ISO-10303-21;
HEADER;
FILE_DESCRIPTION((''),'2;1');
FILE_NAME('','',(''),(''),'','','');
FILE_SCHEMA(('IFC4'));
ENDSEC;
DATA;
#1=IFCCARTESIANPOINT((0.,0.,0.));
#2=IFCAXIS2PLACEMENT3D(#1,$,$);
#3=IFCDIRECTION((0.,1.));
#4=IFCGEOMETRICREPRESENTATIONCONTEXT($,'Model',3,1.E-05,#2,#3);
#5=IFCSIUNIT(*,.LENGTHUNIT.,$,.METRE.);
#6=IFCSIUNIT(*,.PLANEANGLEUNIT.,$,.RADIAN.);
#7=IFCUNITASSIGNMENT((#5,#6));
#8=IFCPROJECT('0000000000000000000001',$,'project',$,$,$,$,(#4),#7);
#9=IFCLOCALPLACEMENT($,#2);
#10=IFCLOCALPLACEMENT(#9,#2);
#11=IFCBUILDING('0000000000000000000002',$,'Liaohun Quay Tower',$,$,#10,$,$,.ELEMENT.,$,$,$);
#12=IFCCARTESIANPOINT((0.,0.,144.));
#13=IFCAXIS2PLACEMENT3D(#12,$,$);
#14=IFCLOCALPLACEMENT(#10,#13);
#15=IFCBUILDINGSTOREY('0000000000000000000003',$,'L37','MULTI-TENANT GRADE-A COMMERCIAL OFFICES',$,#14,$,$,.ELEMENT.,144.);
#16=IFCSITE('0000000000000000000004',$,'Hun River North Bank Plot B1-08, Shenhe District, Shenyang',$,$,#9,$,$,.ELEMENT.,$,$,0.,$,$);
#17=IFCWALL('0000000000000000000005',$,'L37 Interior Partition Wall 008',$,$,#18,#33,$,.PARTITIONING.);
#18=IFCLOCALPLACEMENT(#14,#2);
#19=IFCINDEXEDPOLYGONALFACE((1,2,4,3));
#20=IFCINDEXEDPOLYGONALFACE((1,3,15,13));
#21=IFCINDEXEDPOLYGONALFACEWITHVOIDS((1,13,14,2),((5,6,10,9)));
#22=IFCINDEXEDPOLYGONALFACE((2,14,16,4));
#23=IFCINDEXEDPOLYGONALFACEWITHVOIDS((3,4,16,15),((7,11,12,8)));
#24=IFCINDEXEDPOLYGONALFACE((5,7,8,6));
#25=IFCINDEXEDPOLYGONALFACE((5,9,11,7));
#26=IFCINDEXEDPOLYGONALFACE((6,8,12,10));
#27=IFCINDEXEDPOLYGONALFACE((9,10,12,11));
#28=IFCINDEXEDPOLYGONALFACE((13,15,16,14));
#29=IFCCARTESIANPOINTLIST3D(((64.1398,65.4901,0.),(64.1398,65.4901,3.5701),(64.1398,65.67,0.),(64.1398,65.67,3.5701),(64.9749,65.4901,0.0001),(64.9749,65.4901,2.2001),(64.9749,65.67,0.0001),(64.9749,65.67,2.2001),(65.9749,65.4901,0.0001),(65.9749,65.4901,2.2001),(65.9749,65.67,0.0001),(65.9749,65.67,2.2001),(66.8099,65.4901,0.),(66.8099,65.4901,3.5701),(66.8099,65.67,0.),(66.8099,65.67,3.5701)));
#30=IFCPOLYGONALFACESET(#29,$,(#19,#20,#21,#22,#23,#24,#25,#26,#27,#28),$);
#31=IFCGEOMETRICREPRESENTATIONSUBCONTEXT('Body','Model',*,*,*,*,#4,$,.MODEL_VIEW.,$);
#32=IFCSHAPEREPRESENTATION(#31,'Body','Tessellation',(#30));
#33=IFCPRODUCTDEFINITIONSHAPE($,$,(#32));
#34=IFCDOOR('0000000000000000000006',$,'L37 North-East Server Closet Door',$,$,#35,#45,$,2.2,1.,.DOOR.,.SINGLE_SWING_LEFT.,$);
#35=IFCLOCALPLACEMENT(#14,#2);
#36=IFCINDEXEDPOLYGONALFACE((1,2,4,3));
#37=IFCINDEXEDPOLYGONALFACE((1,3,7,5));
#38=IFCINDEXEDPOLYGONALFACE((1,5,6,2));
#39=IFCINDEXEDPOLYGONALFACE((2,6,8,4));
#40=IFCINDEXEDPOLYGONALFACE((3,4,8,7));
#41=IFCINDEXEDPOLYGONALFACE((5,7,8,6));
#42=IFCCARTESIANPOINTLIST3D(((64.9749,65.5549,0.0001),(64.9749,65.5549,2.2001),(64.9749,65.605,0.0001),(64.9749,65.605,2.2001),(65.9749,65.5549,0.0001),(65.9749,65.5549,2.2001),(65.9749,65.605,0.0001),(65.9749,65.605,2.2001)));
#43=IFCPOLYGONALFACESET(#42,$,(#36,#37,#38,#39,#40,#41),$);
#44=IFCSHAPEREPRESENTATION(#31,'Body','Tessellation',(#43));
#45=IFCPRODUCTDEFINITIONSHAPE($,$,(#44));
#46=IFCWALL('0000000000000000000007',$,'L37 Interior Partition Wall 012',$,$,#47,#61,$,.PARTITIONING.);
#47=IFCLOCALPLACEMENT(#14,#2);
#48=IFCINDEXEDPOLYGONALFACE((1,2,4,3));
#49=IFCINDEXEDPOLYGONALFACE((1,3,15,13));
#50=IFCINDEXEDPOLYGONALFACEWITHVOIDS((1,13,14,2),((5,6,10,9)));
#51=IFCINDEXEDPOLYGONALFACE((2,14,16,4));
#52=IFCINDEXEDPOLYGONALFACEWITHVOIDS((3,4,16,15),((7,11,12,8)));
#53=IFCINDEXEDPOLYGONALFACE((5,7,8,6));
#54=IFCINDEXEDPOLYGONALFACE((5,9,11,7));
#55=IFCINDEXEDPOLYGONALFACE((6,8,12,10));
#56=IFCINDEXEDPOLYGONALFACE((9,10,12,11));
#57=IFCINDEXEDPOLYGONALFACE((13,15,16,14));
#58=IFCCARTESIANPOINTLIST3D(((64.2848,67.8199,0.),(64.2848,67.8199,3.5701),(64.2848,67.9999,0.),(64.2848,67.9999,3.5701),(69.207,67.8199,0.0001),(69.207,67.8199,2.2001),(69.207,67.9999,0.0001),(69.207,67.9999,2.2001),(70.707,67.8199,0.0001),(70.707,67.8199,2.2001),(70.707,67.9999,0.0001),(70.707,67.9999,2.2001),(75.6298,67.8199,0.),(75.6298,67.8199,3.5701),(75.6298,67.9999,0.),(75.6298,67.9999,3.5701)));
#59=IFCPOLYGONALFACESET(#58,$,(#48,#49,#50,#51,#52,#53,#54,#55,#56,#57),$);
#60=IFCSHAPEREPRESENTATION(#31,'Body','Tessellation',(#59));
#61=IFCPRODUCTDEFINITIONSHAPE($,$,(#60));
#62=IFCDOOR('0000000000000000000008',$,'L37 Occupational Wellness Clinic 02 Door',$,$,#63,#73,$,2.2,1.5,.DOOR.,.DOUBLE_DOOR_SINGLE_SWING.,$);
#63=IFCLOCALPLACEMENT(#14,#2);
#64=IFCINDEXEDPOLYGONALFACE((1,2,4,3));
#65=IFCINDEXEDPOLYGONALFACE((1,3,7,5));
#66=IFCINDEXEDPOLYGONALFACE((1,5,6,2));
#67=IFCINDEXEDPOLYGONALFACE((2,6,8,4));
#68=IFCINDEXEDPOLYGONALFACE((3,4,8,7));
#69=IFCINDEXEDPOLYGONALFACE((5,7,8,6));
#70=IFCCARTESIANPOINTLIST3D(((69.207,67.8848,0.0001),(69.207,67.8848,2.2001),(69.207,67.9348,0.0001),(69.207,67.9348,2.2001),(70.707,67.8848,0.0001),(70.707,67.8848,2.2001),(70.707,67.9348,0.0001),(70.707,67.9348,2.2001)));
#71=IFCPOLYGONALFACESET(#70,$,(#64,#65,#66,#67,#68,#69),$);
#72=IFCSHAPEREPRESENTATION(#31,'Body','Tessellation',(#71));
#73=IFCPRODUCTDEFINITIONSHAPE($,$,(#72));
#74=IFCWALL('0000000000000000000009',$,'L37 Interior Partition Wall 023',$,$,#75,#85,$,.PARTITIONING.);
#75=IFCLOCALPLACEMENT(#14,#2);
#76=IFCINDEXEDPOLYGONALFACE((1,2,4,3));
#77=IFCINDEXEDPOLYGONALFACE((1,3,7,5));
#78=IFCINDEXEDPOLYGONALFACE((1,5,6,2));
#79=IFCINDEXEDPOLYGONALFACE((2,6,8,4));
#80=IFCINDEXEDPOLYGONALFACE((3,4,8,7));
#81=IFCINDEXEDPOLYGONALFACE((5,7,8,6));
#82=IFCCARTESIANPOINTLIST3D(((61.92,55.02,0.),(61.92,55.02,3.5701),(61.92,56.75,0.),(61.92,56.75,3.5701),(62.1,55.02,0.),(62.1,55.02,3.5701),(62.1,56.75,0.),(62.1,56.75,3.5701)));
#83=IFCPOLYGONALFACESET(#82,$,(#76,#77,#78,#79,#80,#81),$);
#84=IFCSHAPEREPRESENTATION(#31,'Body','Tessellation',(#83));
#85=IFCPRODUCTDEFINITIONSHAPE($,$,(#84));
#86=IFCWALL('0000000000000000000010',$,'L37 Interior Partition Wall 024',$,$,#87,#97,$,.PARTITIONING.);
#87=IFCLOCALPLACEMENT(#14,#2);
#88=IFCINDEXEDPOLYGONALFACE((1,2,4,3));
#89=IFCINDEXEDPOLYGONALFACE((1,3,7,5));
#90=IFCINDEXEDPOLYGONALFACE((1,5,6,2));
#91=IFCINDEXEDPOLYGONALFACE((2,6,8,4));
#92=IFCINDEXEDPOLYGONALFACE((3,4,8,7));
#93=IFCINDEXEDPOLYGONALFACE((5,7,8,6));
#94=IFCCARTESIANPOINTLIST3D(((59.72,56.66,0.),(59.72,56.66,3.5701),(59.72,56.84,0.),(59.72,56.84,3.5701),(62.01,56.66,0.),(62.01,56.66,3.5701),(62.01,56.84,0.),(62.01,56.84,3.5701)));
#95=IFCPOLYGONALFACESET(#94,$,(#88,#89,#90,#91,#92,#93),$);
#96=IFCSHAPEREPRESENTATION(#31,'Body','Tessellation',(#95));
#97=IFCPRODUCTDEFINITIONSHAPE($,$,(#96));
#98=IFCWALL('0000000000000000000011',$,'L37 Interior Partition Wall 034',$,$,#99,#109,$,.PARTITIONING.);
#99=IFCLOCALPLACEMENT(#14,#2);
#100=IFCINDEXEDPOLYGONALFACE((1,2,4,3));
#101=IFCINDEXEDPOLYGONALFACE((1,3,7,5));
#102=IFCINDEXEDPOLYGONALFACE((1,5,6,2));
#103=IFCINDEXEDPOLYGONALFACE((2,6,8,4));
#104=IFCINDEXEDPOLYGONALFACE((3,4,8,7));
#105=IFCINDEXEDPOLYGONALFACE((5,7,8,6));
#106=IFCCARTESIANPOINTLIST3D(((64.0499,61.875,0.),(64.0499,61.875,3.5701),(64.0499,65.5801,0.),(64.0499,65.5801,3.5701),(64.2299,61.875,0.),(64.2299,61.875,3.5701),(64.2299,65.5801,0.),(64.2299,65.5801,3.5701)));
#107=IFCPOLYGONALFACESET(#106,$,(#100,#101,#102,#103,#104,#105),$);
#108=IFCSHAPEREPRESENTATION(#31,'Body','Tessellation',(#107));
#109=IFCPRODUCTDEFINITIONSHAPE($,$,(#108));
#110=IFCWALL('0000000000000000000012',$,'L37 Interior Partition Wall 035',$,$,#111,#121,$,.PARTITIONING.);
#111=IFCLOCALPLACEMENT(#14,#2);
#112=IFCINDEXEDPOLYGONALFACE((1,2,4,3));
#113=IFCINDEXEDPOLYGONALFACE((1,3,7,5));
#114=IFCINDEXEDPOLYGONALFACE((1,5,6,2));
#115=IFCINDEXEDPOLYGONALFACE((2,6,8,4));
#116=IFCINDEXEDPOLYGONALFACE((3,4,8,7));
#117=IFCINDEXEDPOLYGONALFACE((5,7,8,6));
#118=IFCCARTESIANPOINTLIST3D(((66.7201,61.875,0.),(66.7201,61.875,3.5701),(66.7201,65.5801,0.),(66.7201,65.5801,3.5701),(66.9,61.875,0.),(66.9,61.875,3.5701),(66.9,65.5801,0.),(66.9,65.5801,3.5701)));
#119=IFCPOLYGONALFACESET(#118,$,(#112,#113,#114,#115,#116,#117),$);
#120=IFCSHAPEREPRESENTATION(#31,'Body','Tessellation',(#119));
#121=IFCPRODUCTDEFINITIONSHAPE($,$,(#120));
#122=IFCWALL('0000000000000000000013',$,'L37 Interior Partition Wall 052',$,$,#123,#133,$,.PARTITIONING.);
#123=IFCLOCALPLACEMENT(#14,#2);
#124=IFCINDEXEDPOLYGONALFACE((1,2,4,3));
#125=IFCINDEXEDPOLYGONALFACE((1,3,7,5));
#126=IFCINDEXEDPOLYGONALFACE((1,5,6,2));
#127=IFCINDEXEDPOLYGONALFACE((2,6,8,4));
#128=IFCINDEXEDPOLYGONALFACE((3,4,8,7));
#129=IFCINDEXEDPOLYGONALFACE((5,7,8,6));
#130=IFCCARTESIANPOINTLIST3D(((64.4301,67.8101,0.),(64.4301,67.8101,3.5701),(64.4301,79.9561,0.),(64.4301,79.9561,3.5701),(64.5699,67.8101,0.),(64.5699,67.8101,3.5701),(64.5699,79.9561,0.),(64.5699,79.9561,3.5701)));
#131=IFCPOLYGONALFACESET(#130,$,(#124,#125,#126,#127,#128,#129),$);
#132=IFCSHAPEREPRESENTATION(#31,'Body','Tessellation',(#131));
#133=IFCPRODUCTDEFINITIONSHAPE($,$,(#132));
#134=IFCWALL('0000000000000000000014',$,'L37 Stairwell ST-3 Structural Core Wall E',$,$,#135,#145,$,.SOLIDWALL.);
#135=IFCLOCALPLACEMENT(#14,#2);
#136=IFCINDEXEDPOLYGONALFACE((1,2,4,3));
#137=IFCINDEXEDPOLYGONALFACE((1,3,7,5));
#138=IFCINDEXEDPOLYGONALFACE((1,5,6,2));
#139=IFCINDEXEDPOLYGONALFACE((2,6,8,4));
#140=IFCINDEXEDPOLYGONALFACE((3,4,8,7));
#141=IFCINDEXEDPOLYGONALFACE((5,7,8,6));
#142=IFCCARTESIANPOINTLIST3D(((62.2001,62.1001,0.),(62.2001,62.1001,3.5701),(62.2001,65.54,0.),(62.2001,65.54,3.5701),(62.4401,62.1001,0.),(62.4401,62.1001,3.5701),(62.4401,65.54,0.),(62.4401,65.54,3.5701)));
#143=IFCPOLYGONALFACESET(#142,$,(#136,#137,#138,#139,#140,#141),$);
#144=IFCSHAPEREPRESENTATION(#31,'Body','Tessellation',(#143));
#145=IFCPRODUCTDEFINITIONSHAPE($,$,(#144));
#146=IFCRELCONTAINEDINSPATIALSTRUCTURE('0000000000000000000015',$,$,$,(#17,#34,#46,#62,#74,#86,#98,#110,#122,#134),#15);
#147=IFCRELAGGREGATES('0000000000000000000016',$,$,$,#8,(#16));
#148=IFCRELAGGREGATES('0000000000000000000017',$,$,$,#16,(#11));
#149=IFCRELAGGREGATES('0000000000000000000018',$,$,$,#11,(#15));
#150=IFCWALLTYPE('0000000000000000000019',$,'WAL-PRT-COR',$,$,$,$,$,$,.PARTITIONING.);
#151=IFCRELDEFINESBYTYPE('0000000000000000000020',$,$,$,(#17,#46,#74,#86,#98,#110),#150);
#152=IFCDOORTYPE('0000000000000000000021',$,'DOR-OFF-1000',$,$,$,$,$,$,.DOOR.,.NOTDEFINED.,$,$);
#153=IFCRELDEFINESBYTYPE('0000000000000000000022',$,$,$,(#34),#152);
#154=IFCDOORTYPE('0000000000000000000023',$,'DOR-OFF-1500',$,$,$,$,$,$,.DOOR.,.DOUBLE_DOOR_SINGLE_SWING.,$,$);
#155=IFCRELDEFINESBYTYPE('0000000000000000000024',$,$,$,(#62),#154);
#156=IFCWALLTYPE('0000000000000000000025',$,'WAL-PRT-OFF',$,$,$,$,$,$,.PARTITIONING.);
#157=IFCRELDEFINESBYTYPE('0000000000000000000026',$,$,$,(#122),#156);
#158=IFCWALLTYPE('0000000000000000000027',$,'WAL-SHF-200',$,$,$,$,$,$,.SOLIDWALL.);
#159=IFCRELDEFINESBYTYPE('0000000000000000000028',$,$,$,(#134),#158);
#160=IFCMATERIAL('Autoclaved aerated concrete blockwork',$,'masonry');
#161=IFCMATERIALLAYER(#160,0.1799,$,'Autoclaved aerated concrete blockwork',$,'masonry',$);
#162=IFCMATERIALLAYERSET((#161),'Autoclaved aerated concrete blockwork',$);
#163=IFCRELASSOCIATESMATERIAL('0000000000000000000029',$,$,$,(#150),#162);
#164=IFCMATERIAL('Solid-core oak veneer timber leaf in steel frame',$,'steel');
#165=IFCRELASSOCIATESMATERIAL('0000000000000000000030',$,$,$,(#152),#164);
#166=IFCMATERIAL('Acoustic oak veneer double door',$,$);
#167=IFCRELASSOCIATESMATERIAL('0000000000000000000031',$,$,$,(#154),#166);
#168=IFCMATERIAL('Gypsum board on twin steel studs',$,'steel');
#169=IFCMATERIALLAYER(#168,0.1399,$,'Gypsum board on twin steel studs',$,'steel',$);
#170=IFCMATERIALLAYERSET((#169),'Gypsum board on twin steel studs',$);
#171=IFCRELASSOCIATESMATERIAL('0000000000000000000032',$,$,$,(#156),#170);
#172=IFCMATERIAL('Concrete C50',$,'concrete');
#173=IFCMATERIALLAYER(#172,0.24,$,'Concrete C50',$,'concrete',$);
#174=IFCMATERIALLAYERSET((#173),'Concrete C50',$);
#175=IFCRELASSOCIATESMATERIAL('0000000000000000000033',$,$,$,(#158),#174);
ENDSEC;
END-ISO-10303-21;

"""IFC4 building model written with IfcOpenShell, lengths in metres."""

from ifc_helpers import new_model, si_unit, direction, frame, frame_2d, origin, place, context, subcontext, project, spatial, rectangle, extrude, source, transform, mapped, material, layer, layer_set, type_object, element, fill, save


model = new_model("IFC4")

# Units and contexts
model_context = context("Model", 3, precision=1e-05, world=origin(), true_north=direction((0.0, 1.0)))
body_context = subcontext(model_context, "Body", "Model", "MODEL_VIEW")
ifc_project = project(units=[si_unit("LENGTHUNIT", "METRE"), si_unit("PLANEANGLEUNIT", "RADIAN")], contexts=[model_context])

# Site, building, storey
site_placement = place(None, origin())
site = spatial("IfcSite", under=ifc_project, at=site_placement, Name="Hun River North Bank Plot B1-08, Shenhe District, Shenyang", CompositionType="ELEMENT", RefElevation=0.0)
building_placement = place(site_placement, origin())
building = spatial("IfcBuilding", under=site, at=building_placement, Name="Liaohun Quay Tower", CompositionType="ELEMENT")
storey_placement = place(building_placement, frame((0.0, 0.0, 144.0)))
storey = spatial("IfcBuildingStorey", under=building, at=storey_placement, Name="L37", Description="MULTI-TENANT GRADE-A COMMERCIAL OFFICES", CompositionType="ELEMENT", Elevation=144.0)

# Walls, openings, doors
ifc_material_1 = material(Name="Autoclaved aerated concrete blockwork", Category="masonry")
ifc_layer_1 = layer(ifc_material_1, 0.1799, Name="Autoclaved aerated concrete blockwork", Category="masonry")
ifc_layer_set_1 = layer_set([ifc_layer_1], Name="Autoclaved aerated concrete blockwork")
wall_type_1 = type_object("IfcWallType", Name="WAL-PRT-COR", PredefinedType="PARTITIONING", material=ifc_layer_set_1)
wall_1_placement = place(storey_placement, frame((64.1399, 65.5801, 0.0), z_axis=(0.0, 0.0, 1.0), x_axis=(1.0, 0.0, 0.0)))
wall_1 = element("IfcWall", 1, at=wall_1_placement, inside=storey, type_object=wall_type_1, Name="L37 Interior Partition Wall 008", PredefinedType="PARTITIONING", context=body_context, shape_type="SweptSolid", body=[
    extrude(rectangle(XDim=2.6702, YDim=0.1799, at=frame_2d((1.335, 0.0))), origin(), (0.0, 0.0, 1.0), 3.5701),
])
shared_shape_1 = source(origin(), body_context, "Body", "SweptSolid", [
    extrude(rectangle(XDim=1.0, YDim=2.2, at=frame_2d((0.5, 1.1001))), frame((0.0, 0.0999, 0.0), z_axis=(0.0, -1.0, 0.0), x_axis=(1.0, 0.0, 0.0)), (0.0, 0.0, 1.0), 0.2),
])
opening_1_placement = place(wall_1_placement, frame((0.835, 0.0, 0.0)))
opening_1 = element("IfcOpeningElement", 2, at=opening_1_placement, cuts=wall_1, PredefinedType="OPENING", context=body_context, shape_type="MappedRepresentation", body=[
    mapped(shared_shape_1, transform((0.0, 0.0, 0.0), x_axis=(1.0, 0.0, 0.0), y_axis=(0.0, 1.0, 0.0), z_axis=(0.0, 0.0, 1.0), scale=1.0)),
])
ifc_material_2 = material(Name="Solid-core oak veneer timber leaf in steel frame", Category="steel")
door_type_1 = type_object("IfcDoorType", Name="DOR-OFF-1000", OperationType="NOTDEFINED", PredefinedType="DOOR", material=ifc_material_2)
shared_shape_2 = source(origin(), body_context, "Body", "SweptSolid", [
    extrude(rectangle(XDim=1.0, YDim=2.2, at=frame_2d((0.5, 1.1001))), frame((0.0, 0.0249, 0.0), z_axis=(0.0, -1.0, 0.0), x_axis=(1.0, 0.0, 0.0)), (0.0, 0.0, 1.0), 0.05),
])
door_1_placement = place(opening_1_placement, origin())
door_1 = element("IfcDoor", 3, at=door_1_placement, inside=storey, type_object=door_type_1, Name="L37 North-East Server Closet Door", OperationType="SINGLE_SWING_LEFT", OverallHeight=2.2, OverallWidth=1.0, PredefinedType="DOOR", context=body_context, shape_type="MappedRepresentation", body=[
    mapped(shared_shape_2, transform((0.0, 0.0, 0.0), x_axis=(1.0, 0.0, 0.0), y_axis=(0.0, 1.0, 0.0), z_axis=(0.0, 0.0, 1.0), scale=1.0)),
])
fill(opening_1, door_1)
wall_2_placement = place(storey_placement, frame((64.2849, 67.9099, 0.0), z_axis=(0.0, 0.0, 1.0), x_axis=(1.0, 0.0, 0.0)))
wall_2 = element("IfcWall", 4, at=wall_2_placement, inside=storey, type_object=wall_type_1, Name="L37 Interior Partition Wall 012", PredefinedType="PARTITIONING", context=body_context, shape_type="SweptSolid", body=[
    extrude(rectangle(XDim=11.345, YDim=0.1799, at=frame_2d((5.6724, 0.0))), origin(), (0.0, 0.0, 1.0), 3.5701),
])
shared_shape_3 = source(origin(), body_context, "Body", "SweptSolid", [
    extrude(rectangle(XDim=1.5, YDim=2.2, at=frame_2d((0.75, 1.1001))), frame((0.0, 0.0999, 0.0), z_axis=(0.0, -1.0, 0.0), x_axis=(1.0, 0.0, 0.0)), (0.0, 0.0, 1.0), 0.2),
])
opening_2_placement = place(wall_2_placement, frame((4.9221, 0.0, 0.0)))
opening_2 = element("IfcOpeningElement", 5, at=opening_2_placement, cuts=wall_2, PredefinedType="OPENING", context=body_context, shape_type="MappedRepresentation", body=[
    mapped(shared_shape_3, transform((0.0, 0.0, 0.0), x_axis=(1.0, 0.0, 0.0), y_axis=(0.0, 1.0, 0.0), z_axis=(0.0, 0.0, 1.0), scale=1.0)),
])
ifc_material_3 = material(Name="Acoustic oak veneer double door")
door_type_2 = type_object("IfcDoorType", Name="DOR-OFF-1500", OperationType="DOUBLE_DOOR_SINGLE_SWING", PredefinedType="DOOR", material=ifc_material_3)
shared_shape_4 = source(origin(), body_context, "Body", "SweptSolid", [
    extrude(rectangle(XDim=1.5, YDim=2.2, at=frame_2d((0.75, 1.1001))), frame((0.0, 0.0249, 0.0), z_axis=(0.0, -1.0, 0.0), x_axis=(1.0, 0.0, 0.0)), (0.0, 0.0, 1.0), 0.05),
])
door_2_placement = place(opening_2_placement, origin())
door_2 = element("IfcDoor", 6, at=door_2_placement, inside=storey, type_object=door_type_2, Name="L37 Occupational Wellness Clinic 02 Door", OperationType="DOUBLE_DOOR_SINGLE_SWING", OverallHeight=2.2, OverallWidth=1.5, PredefinedType="DOOR", context=body_context, shape_type="MappedRepresentation", body=[
    mapped(shared_shape_4, transform((0.0, 0.0, 0.0), x_axis=(1.0, 0.0, 0.0), y_axis=(0.0, 1.0, 0.0), z_axis=(0.0, 0.0, 1.0), scale=1.0)),
])
fill(opening_2, door_2)

# Walls
wall_3_placement = place(storey_placement, frame((62.01, 55.02, 0.0), z_axis=(0.0, 0.0, 1.0), x_axis=(0.0, 1.0, 0.0)))
element("IfcWall", 7, at=wall_3_placement, inside=storey, type_object=wall_type_1, Name="L37 Interior Partition Wall 023", PredefinedType="PARTITIONING", context=body_context, shape_type="SweptSolid", body=[
    extrude(rectangle(XDim=1.73, YDim=0.1799, at=frame_2d((0.865, 0.0))), origin(), (0.0, 0.0, 1.0), 3.5701),
])
wall_4_placement = place(storey_placement, frame((59.72, 56.75, 0.0), z_axis=(0.0, 0.0, 1.0), x_axis=(1.0, 0.0, 0.0)))
element("IfcWall", 8, at=wall_4_placement, inside=storey, type_object=wall_type_1, Name="L37 Interior Partition Wall 024", PredefinedType="PARTITIONING", context=body_context, shape_type="SweptSolid", body=[
    extrude(rectangle(XDim=2.29, YDim=0.1799, at=frame_2d((1.145, 0.0))), origin(), (0.0, 0.0, 1.0), 3.5701),
])
for number, where, z_axis, x_axis, name in (
    (9, (64.1399, 61.875, 0.0), (0.0, 0.0, 1.0), (0.0, 1.0, 0.0), "L37 Interior Partition Wall 034"),
    (10, (66.8101, 61.875, 0.0), (0.0, 0.0, 1.0), (0.0, 1.0, 0.0), "L37 Interior Partition Wall 035"),
):
    element("IfcWall", number, at=place(storey_placement, frame(where, z_axis=z_axis, x_axis=x_axis)), inside=storey, type_object=wall_type_1, Name=name, PredefinedType="PARTITIONING", context=body_context, shape_type="SweptSolid", body=[
        extrude(rectangle(XDim=3.7051, YDim=0.1799, at=frame_2d((1.8525, 0.0))), origin(), (0.0, 0.0, 1.0), 3.5701),
    ])
ifc_material_4 = material(Name="Gypsum board on twin steel studs", Category="steel")
ifc_layer_2 = layer(ifc_material_4, 0.1399, Name="Gypsum board on twin steel studs", Category="steel")
ifc_layer_set_2 = layer_set([ifc_layer_2], Name="Gypsum board on twin steel studs")
wall_type_2 = type_object("IfcWallType", Name="WAL-PRT-OFF", PredefinedType="PARTITIONING", material=ifc_layer_set_2)
wall_5_placement = place(storey_placement, frame((64.5, 67.8101, 0.0), z_axis=(0.0, 0.0, 1.0), x_axis=(0.0, 1.0, 0.0)))
element("IfcWall", 11, at=wall_5_placement, inside=storey, type_object=wall_type_2, Name="L37 Interior Partition Wall 052", PredefinedType="PARTITIONING", context=body_context, shape_type="SweptSolid", body=[
    extrude(rectangle(XDim=12.146, YDim=0.1399, at=frame_2d((6.073, 0.0))), origin(), (0.0, 0.0, 1.0), 3.5701),
])
ifc_material_5 = material(Name="Concrete C50", Category="concrete")
ifc_layer_3 = layer(ifc_material_5, 0.24, Name="Concrete C50", Category="concrete")
ifc_layer_set_3 = layer_set([ifc_layer_3], Name="Concrete C50")
wall_type_3 = type_object("IfcWallType", Name="WAL-SHF-200", PredefinedType="SOLIDWALL", material=ifc_layer_set_3)
wall_6_placement = place(storey_placement, frame((62.3201, 62.1001, 0.0), z_axis=(0.0, 0.0, 1.0), x_axis=(0.0, 1.0, 0.0)))
element("IfcWall", 12, at=wall_6_placement, inside=storey, type_object=wall_type_3, Name="L37 Stairwell ST-3 Structural Core Wall E", PredefinedType="SOLIDWALL", context=body_context, shape_type="SweptSolid", body=[
    extrude(rectangle(XDim=3.4399, YDim=0.24, at=frame_2d((1.72, 0.0))), origin(), (0.0, 0.0, 1.0), 3.5701),
])

save(model, "model.ifc")
